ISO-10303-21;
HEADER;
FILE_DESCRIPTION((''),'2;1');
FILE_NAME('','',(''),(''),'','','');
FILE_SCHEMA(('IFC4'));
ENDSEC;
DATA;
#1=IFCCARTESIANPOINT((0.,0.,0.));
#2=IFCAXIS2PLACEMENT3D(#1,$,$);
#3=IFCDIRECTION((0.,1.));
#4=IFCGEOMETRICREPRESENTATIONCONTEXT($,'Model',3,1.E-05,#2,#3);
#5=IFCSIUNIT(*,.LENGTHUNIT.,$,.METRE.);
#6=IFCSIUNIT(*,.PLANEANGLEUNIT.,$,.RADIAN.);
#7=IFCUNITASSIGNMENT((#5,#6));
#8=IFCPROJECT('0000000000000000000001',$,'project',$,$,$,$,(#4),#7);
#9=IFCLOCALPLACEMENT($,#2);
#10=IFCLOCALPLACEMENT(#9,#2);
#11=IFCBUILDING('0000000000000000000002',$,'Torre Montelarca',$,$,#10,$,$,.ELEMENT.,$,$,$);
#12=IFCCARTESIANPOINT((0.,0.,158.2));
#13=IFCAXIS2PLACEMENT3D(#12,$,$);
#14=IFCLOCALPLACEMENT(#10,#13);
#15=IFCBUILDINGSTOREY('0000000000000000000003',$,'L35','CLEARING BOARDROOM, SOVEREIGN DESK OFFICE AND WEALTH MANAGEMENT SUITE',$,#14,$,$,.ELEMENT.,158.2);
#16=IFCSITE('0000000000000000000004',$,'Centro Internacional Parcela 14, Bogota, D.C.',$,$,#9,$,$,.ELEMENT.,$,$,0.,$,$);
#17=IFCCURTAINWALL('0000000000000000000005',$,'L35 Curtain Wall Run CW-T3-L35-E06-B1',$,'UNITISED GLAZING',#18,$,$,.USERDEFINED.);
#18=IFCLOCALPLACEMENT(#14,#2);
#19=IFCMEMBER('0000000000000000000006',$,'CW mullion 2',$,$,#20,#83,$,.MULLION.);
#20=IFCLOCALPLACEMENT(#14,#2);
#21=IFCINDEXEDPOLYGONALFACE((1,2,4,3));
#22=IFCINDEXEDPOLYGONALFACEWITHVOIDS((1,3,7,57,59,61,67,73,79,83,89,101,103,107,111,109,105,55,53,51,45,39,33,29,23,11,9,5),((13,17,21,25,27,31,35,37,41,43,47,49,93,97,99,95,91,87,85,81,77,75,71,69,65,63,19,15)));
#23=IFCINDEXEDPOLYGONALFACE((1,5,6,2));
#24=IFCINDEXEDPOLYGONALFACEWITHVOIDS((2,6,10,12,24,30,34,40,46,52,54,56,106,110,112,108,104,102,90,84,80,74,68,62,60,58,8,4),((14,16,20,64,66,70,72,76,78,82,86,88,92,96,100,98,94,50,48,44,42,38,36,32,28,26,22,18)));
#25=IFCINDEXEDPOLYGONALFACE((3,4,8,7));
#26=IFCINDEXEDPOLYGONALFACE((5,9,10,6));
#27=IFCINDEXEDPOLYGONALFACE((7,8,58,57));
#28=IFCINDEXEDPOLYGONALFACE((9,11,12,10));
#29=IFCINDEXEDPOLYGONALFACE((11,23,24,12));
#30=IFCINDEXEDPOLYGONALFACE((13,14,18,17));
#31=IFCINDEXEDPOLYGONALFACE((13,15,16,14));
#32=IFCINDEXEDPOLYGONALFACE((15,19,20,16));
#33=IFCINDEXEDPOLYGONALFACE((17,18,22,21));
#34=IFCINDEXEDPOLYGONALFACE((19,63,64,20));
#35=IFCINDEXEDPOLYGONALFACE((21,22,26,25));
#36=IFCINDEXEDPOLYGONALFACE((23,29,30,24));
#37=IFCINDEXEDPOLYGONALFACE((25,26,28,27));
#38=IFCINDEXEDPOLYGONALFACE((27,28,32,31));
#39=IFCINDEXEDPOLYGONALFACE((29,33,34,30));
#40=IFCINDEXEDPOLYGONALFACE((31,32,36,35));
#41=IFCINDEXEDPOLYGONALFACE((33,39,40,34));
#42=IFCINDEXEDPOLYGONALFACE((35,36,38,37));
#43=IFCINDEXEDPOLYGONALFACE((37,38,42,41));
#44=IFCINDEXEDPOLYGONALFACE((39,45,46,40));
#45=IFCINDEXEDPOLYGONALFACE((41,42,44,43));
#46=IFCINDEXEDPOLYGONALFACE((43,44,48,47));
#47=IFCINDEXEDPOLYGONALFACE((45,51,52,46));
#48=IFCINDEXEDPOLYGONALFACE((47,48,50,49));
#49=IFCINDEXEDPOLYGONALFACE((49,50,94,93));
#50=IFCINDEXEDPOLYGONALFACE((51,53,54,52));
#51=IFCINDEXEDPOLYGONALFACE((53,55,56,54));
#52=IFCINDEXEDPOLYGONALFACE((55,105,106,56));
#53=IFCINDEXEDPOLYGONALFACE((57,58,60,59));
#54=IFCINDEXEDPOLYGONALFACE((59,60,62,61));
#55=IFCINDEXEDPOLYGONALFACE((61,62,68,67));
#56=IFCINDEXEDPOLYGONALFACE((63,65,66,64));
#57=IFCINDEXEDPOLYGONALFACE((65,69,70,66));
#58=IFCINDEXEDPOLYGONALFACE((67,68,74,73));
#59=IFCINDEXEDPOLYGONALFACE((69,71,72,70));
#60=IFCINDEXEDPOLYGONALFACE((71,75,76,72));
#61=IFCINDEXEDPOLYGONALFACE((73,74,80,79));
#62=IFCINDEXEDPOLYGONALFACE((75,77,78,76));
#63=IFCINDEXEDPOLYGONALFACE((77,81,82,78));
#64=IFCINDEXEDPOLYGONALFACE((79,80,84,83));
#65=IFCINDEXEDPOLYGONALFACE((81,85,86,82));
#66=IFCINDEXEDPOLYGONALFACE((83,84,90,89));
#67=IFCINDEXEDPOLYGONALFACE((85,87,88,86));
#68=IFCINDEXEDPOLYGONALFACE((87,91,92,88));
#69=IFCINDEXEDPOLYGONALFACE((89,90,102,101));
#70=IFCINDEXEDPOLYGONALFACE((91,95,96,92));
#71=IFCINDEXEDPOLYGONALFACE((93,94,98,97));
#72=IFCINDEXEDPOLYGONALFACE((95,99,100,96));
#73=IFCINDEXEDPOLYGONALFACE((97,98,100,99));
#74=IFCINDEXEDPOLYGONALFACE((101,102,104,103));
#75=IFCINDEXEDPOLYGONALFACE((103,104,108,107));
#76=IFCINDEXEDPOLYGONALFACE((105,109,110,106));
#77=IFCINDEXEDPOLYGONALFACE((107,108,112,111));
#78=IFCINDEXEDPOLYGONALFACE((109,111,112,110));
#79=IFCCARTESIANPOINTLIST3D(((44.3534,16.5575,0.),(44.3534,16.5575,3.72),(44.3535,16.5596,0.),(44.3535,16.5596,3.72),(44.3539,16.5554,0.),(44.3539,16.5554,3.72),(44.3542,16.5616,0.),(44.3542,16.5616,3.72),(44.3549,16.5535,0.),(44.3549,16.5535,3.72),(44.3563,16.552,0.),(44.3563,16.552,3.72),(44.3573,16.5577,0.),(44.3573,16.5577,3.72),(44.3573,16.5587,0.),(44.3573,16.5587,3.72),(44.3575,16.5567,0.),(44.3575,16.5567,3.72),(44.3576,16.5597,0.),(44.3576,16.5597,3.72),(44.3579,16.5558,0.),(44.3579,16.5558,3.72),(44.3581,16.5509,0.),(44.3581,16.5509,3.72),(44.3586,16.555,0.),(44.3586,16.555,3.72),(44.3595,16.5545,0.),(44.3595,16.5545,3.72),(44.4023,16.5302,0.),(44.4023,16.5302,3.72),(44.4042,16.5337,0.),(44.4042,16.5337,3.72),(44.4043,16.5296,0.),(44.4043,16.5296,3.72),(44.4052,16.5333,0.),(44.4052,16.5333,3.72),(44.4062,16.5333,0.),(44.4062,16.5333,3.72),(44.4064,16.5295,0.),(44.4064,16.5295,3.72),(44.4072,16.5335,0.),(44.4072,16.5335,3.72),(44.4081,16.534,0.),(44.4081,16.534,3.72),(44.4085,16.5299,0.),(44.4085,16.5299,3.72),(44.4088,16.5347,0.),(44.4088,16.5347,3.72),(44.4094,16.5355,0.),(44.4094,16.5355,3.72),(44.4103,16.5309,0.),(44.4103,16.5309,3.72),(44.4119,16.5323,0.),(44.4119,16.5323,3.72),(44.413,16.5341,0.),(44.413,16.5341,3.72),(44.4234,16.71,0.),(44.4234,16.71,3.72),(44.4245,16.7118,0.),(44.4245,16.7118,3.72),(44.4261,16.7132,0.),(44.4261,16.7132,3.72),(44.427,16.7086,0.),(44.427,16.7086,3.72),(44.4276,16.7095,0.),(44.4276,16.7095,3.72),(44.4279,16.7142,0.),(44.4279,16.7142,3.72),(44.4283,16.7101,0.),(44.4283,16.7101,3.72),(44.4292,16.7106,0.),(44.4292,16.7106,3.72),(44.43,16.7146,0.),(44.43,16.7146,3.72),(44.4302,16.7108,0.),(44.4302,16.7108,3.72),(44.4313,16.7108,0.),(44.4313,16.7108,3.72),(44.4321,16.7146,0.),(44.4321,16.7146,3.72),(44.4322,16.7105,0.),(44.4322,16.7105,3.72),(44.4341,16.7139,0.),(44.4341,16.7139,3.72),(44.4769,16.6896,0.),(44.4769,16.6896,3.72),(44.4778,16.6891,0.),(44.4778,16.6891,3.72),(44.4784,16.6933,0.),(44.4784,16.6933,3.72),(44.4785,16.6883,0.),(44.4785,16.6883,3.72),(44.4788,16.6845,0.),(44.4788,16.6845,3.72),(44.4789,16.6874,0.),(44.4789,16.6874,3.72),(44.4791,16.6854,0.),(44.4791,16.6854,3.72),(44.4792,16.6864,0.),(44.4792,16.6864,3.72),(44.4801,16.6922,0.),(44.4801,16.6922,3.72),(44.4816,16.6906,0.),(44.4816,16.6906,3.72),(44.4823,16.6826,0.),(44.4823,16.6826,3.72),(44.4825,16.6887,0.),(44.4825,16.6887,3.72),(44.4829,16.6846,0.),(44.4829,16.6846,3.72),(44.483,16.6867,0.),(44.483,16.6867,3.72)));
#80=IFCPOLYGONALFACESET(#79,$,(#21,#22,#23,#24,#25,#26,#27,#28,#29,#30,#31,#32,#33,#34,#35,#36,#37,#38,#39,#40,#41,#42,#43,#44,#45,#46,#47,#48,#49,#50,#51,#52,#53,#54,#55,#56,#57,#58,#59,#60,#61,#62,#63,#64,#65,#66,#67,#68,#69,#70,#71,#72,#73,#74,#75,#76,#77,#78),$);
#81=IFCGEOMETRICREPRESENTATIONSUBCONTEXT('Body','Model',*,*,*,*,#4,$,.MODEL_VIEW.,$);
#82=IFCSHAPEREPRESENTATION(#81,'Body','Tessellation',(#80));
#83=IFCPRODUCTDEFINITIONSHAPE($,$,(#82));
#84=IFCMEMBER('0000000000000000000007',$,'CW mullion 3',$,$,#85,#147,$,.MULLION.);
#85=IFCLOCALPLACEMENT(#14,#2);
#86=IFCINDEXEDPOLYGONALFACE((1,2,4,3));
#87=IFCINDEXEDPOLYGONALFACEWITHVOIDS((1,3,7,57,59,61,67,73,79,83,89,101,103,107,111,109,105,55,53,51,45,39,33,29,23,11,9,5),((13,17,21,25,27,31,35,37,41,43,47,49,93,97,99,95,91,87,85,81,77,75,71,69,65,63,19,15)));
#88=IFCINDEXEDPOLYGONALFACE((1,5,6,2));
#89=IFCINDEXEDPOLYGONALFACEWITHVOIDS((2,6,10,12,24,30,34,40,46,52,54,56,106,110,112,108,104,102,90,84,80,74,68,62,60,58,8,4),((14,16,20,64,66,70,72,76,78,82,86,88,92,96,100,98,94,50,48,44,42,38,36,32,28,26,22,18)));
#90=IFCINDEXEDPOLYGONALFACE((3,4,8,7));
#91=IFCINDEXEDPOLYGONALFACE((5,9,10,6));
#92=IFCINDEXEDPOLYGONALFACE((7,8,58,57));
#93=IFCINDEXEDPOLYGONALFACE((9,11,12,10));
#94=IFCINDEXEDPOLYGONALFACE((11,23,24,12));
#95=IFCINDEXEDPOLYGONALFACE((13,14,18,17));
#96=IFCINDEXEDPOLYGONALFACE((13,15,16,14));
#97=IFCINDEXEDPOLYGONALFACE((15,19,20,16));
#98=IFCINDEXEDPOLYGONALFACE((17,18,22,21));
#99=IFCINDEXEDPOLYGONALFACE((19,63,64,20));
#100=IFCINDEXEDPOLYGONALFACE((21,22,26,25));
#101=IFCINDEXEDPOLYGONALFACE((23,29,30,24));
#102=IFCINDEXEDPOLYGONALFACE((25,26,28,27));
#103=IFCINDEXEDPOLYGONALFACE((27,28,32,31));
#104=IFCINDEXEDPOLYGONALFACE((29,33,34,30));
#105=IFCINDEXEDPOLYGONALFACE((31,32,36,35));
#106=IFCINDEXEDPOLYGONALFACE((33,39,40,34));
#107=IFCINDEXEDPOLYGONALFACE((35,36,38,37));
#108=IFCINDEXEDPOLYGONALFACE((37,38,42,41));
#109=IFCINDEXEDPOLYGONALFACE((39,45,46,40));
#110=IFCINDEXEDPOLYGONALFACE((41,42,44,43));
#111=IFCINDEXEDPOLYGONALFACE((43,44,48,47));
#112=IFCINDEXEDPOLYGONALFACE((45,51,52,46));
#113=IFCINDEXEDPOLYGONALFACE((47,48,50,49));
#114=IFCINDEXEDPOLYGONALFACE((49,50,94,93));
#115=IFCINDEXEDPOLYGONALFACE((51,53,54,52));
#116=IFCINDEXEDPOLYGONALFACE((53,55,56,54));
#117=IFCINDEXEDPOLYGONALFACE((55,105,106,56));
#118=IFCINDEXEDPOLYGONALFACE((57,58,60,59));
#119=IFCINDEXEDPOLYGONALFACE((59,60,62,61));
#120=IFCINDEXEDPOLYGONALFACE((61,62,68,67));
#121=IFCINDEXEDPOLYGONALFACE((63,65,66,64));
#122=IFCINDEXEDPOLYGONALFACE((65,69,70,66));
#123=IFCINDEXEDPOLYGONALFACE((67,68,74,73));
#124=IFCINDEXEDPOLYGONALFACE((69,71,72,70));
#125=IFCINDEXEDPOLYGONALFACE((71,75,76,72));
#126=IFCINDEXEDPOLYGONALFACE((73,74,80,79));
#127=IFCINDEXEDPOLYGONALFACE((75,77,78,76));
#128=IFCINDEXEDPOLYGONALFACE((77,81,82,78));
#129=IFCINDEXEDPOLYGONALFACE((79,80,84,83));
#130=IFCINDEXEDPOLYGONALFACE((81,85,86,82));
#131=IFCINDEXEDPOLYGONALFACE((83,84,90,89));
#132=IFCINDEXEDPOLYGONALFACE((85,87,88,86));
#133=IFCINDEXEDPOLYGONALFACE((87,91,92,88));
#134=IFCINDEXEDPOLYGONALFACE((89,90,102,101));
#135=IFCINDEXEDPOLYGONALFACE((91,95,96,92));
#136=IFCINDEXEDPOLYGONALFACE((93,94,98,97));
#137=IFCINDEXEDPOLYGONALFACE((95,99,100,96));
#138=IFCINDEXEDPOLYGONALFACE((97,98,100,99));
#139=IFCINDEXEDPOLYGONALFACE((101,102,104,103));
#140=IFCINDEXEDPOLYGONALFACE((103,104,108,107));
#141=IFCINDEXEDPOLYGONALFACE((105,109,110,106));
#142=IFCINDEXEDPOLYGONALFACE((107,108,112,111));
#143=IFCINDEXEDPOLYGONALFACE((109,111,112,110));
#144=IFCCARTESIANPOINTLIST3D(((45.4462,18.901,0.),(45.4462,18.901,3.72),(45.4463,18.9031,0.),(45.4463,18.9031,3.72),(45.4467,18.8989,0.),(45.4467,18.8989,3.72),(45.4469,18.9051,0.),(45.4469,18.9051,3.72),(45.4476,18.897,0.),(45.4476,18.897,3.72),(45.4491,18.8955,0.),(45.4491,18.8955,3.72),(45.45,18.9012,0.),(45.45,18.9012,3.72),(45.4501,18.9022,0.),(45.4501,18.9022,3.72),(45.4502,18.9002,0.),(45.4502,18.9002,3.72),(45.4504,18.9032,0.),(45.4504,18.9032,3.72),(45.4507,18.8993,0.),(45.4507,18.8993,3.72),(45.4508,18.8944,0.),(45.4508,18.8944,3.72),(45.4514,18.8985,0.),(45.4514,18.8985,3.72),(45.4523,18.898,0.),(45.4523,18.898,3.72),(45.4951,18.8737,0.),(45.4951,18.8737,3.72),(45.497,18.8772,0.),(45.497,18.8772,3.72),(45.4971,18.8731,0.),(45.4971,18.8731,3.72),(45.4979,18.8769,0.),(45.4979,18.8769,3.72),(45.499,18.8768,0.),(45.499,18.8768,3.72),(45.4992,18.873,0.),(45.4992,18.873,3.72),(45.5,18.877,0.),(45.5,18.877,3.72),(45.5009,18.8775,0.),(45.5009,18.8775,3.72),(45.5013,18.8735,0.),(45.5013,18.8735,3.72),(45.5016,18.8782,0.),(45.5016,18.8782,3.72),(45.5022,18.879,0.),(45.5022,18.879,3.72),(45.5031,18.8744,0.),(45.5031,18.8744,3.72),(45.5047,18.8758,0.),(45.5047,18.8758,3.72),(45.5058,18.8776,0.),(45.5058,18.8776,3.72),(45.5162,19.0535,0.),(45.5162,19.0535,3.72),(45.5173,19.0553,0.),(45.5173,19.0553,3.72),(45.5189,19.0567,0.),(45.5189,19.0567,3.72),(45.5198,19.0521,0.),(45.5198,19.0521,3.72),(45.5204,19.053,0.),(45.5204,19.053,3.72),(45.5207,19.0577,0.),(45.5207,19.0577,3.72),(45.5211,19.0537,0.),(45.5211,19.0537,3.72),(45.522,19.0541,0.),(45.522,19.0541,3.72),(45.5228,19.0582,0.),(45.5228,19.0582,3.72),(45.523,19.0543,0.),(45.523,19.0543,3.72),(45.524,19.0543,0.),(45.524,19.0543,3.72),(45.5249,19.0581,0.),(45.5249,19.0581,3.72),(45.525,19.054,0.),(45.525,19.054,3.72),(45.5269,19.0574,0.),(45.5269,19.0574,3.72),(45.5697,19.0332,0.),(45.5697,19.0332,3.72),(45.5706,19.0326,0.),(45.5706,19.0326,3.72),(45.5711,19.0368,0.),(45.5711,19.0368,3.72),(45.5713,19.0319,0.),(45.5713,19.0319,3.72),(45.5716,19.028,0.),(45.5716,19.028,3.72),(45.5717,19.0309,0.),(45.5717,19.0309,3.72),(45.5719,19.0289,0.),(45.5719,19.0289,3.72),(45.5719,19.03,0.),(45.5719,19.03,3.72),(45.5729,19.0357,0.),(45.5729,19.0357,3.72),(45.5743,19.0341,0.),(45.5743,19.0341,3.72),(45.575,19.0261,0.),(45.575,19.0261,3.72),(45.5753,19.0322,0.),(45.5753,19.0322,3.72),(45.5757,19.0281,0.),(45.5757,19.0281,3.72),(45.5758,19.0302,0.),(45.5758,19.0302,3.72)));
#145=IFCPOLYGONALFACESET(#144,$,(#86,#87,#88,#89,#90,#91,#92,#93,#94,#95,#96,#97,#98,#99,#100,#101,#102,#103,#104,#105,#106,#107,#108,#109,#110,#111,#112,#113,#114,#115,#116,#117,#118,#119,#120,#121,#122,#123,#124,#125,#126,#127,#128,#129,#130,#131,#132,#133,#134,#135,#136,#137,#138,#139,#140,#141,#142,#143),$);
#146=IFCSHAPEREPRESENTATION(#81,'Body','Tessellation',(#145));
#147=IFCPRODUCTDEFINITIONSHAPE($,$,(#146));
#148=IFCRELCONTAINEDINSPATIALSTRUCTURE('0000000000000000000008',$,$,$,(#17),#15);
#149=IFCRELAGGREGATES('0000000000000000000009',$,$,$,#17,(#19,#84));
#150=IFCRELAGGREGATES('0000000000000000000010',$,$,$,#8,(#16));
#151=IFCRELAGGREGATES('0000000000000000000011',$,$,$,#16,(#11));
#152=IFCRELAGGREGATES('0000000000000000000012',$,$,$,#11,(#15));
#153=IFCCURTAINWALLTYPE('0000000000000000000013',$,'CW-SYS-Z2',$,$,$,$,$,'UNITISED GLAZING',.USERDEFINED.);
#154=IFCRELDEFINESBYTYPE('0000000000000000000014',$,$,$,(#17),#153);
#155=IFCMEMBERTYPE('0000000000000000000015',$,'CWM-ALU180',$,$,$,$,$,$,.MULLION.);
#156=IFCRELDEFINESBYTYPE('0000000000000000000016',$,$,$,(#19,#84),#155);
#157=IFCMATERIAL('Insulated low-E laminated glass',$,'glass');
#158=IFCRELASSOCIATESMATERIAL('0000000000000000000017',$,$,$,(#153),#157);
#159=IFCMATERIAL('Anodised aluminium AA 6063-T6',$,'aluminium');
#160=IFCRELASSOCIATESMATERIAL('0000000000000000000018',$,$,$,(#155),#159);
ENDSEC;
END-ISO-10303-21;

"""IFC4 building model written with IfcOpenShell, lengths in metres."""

from ifc_helpers import new_model, si_unit, direction, frame, origin, origin_2d, place, context, subcontext, project, spatial, hollow_rectangle, extrude, source, transform, mapped, material, material_profile, profile_set, type_object, element, aggregate, save


model = new_model("IFC4")

# Units and contexts
model_context = context("Model", 3, precision=1e-05, world=origin(), true_north=direction((0.0, 1.0)))
body_context = subcontext(model_context, "Body", "Model", "MODEL_VIEW")
ifc_project = project(units=[si_unit("LENGTHUNIT", "METRE"), si_unit("PLANEANGLEUNIT", "RADIAN")], contexts=[model_context])

# Site, building, storey
site_placement = place(None, origin())
site = spatial("IfcSite", under=ifc_project, at=site_placement, Name="Centro Internacional Parcela 14, Bogota, D.C.", CompositionType="ELEMENT", RefElevation=0.0)
building_placement = place(site_placement, origin())
building = spatial("IfcBuilding", under=site, at=building_placement, Name="Torre Montelarca", CompositionType="ELEMENT")
storey_placement = place(building_placement, frame((0.0, 0.0, 158.2)))
storey = spatial("IfcBuildingStorey", under=building, at=storey_placement, Name="L35", Description="CLEARING BOARDROOM, SOVEREIGN DESK OFFICE AND WEALTH MANAGEMENT SUITE", CompositionType="ELEMENT", Elevation=158.2)

# Curtain wall, members
ifc_material_1 = material(Name="Insulated low-E laminated glass", Category="glass")
curtain_wall_type = type_object("IfcCurtainWallType", Name="CW-SYS-Z2", ElementType="UNITISED GLAZING", PredefinedType="USERDEFINED", material=ifc_material_1)
ifc_material_2 = material(Name="Anodised aluminium AA 6063-T6", Category="aluminium")
ifc_material_profile_1 = material_profile(ifc_material_2, hollow_rectangle(XDim=0.0649, YDim=0.1799, WallThickness=0.0039, InnerFilletRadius=0.0039, OuterFilletRadius=0.0081, at=origin_2d()), Name="ALU65X180X4", Category="aluminium")
ifc_profile_set_1 = profile_set([ifc_material_profile_1], Name="Anodised aluminium AA 6063-T6")
member_type_1 = type_object("IfcMemberType", Name="CWM-ALU180", PredefinedType="MULLION", material=ifc_profile_set_1)
shared_shape_1 = source(origin(), body_context, "Body", "SweptSolid", [
    extrude(hollow_rectangle(XDim=0.0649, YDim=0.1799, WallThickness=0.0039, InnerFilletRadius=0.0039, OuterFilletRadius=0.0081, at=origin_2d()), origin(), (0.0, 0.0, 1.0), 3.72),
])
curtain_wall_1_placement = place(storey_placement, origin())
curtain_wall_1 = element("IfcCurtainWall", 1, at=curtain_wall_1_placement, inside=storey, type_object=curtain_wall_type, Name="L35 Curtain Wall Run CW-T3-L35-E06-B1", ObjectType="UNITISED GLAZING", PredefinedType="USERDEFINED")
member_1_placement = place(storey_placement, frame((44.4182, 16.6221, 0.0), z_axis=(0.0, 0.0, 1.0), x_axis=(-0.906314, 0.422604, 0.0)))
member_1 = element("IfcMember", 2, at=member_1_placement, type_object=member_type_1, Name="CW mullion 2", PredefinedType="MULLION", context=body_context, shape_type="MappedRepresentation", body=[
    mapped(shared_shape_1, transform((0.0, 0.0, 0.0), scale=1.0)),
])
member_2_placement = place(storey_placement, frame((45.511, 18.9656, 0.0), z_axis=(0.0, 0.0, 1.0), x_axis=(-0.906314, 0.422604, 0.0)))
member_2 = element("IfcMember", 3, at=member_2_placement, type_object=member_type_1, Name="CW mullion 3", PredefinedType="MULLION", context=body_context, shape_type="MappedRepresentation", body=[
    mapped(shared_shape_1, transform((0.0, 0.0, 0.0), scale=1.0)),
])

aggregate(curtain_wall_1, [member_1, member_2])

save(model, "model.ifc")
